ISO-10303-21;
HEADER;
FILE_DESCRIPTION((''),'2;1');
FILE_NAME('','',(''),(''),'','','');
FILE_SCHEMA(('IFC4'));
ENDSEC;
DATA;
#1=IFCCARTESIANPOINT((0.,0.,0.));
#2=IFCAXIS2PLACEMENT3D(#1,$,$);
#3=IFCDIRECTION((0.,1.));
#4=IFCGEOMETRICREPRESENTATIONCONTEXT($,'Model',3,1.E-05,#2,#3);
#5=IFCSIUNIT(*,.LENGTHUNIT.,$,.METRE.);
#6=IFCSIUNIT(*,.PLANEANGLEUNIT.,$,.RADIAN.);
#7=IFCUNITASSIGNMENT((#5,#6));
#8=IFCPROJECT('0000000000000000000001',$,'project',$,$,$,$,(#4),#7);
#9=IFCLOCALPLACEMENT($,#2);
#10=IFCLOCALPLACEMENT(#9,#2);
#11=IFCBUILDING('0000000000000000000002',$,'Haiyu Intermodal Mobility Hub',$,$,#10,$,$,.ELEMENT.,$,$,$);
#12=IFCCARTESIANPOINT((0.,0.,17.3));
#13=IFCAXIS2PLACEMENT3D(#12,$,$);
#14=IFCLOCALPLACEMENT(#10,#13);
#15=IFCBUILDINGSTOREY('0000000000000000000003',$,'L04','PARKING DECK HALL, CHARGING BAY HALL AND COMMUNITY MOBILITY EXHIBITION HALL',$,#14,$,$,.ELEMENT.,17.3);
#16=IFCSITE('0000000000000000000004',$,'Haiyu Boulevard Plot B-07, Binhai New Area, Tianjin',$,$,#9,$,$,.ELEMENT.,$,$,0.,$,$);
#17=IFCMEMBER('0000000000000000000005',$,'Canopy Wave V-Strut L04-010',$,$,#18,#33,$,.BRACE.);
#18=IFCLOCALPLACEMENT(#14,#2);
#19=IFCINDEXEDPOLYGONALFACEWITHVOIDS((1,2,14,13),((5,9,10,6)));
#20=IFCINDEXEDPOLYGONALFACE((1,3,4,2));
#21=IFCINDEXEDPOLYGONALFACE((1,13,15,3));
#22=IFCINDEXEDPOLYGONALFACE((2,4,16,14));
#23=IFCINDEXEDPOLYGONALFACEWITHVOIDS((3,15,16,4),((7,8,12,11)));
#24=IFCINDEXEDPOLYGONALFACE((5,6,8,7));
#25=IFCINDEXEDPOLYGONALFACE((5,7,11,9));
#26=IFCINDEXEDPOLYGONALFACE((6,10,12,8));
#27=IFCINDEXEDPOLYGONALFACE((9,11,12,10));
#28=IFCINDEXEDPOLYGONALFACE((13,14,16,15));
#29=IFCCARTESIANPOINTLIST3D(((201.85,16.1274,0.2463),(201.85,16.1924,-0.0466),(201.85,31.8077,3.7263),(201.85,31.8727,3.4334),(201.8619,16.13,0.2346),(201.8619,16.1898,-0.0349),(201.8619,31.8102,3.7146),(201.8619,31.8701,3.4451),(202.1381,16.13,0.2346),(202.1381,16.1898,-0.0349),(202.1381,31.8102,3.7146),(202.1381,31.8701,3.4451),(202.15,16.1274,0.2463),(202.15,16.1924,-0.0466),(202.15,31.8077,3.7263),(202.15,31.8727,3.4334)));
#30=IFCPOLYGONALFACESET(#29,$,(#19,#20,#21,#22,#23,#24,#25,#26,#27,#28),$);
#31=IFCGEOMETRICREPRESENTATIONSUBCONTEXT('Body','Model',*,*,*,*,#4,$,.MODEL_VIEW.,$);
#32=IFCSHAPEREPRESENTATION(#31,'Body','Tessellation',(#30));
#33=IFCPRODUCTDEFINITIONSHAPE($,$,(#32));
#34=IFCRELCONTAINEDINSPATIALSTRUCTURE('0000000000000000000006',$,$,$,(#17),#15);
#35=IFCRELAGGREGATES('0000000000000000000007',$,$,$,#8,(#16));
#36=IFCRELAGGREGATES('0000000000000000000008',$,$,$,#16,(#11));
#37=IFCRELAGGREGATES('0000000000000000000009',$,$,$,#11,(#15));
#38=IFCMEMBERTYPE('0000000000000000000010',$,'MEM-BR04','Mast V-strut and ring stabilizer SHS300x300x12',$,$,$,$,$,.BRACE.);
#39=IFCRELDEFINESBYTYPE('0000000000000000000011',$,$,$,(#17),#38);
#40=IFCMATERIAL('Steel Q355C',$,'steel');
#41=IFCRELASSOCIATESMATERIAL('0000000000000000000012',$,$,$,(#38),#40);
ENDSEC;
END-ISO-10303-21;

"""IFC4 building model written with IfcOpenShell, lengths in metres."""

from ifc_helpers import new_model, si_unit, direction, frame, origin, origin_2d, place, context, subcontext, project, spatial, hollow_rectangle, extrude, material, material_profile, profile_set, type_object, element, save


model = new_model("IFC4")

# Units and contexts
model_context = context("Model", 3, precision=1e-05, world=origin(), true_north=direction((0.0, 1.0)))
body_context = subcontext(model_context, "Body", "Model", "MODEL_VIEW")
ifc_project = project(units=[si_unit("LENGTHUNIT", "METRE"), si_unit("PLANEANGLEUNIT", "RADIAN")], contexts=[model_context])

# Site, building, storey
site_placement = place(None, origin())
site = spatial("IfcSite", under=ifc_project, at=site_placement, Name="Haiyu Boulevard Plot B-07, Binhai New Area, Tianjin", CompositionType="ELEMENT", RefElevation=0.0)
building_placement = place(site_placement, origin())
building = spatial("IfcBuilding", under=site, at=building_placement, Name="Haiyu Intermodal Mobility Hub", CompositionType="ELEMENT")
storey_placement = place(building_placement, frame((0.0, 0.0, 17.3)))
storey = spatial("IfcBuildingStorey", under=building, at=storey_placement, Name="L04", Description="PARKING DECK HALL, CHARGING BAY HALL AND COMMUNITY MOBILITY EXHIBITION HALL", CompositionType="ELEMENT", Elevation=17.3)

# Shared definitions
ifc_material_1 = material(Name="Steel Q355C", Category="steel")

# Member
ifc_material_profile_1 = material_profile(ifc_material_1, hollow_rectangle(XDim=0.3, YDim=0.3, WallThickness=0.012, at=origin_2d()), Name="SHS300x300x12")
ifc_profile_set_1 = profile_set([ifc_material_profile_1], Name="Steel Q355C")
member_type = type_object("IfcMemberType", Name="MEM-BR04", Description="Mast V-strut and ring stabilizer SHS300x300x12", PredefinedType="BRACE", material=ifc_profile_set_1)
member_placement = place(storey_placement, frame((202.0, 16.1599, 0.0999), z_axis=(0.0, 0.976246, 0.216663), x_axis=(-1.0, 0.0, 0.0)))
element("IfcMember", 1, at=member_placement, inside=storey, type_object=member_type, Name="Canopy Wave V-Strut L04-010", PredefinedType="BRACE", context=body_context, shape_type="SweptSolid", body=[
    extrude(hollow_rectangle(XDim=0.3, YDim=0.3, WallThickness=0.012, at=origin_2d()), origin(), (0.0, 0.0, 1.0), 16.0618),
])

save(model, "model.ifc")
